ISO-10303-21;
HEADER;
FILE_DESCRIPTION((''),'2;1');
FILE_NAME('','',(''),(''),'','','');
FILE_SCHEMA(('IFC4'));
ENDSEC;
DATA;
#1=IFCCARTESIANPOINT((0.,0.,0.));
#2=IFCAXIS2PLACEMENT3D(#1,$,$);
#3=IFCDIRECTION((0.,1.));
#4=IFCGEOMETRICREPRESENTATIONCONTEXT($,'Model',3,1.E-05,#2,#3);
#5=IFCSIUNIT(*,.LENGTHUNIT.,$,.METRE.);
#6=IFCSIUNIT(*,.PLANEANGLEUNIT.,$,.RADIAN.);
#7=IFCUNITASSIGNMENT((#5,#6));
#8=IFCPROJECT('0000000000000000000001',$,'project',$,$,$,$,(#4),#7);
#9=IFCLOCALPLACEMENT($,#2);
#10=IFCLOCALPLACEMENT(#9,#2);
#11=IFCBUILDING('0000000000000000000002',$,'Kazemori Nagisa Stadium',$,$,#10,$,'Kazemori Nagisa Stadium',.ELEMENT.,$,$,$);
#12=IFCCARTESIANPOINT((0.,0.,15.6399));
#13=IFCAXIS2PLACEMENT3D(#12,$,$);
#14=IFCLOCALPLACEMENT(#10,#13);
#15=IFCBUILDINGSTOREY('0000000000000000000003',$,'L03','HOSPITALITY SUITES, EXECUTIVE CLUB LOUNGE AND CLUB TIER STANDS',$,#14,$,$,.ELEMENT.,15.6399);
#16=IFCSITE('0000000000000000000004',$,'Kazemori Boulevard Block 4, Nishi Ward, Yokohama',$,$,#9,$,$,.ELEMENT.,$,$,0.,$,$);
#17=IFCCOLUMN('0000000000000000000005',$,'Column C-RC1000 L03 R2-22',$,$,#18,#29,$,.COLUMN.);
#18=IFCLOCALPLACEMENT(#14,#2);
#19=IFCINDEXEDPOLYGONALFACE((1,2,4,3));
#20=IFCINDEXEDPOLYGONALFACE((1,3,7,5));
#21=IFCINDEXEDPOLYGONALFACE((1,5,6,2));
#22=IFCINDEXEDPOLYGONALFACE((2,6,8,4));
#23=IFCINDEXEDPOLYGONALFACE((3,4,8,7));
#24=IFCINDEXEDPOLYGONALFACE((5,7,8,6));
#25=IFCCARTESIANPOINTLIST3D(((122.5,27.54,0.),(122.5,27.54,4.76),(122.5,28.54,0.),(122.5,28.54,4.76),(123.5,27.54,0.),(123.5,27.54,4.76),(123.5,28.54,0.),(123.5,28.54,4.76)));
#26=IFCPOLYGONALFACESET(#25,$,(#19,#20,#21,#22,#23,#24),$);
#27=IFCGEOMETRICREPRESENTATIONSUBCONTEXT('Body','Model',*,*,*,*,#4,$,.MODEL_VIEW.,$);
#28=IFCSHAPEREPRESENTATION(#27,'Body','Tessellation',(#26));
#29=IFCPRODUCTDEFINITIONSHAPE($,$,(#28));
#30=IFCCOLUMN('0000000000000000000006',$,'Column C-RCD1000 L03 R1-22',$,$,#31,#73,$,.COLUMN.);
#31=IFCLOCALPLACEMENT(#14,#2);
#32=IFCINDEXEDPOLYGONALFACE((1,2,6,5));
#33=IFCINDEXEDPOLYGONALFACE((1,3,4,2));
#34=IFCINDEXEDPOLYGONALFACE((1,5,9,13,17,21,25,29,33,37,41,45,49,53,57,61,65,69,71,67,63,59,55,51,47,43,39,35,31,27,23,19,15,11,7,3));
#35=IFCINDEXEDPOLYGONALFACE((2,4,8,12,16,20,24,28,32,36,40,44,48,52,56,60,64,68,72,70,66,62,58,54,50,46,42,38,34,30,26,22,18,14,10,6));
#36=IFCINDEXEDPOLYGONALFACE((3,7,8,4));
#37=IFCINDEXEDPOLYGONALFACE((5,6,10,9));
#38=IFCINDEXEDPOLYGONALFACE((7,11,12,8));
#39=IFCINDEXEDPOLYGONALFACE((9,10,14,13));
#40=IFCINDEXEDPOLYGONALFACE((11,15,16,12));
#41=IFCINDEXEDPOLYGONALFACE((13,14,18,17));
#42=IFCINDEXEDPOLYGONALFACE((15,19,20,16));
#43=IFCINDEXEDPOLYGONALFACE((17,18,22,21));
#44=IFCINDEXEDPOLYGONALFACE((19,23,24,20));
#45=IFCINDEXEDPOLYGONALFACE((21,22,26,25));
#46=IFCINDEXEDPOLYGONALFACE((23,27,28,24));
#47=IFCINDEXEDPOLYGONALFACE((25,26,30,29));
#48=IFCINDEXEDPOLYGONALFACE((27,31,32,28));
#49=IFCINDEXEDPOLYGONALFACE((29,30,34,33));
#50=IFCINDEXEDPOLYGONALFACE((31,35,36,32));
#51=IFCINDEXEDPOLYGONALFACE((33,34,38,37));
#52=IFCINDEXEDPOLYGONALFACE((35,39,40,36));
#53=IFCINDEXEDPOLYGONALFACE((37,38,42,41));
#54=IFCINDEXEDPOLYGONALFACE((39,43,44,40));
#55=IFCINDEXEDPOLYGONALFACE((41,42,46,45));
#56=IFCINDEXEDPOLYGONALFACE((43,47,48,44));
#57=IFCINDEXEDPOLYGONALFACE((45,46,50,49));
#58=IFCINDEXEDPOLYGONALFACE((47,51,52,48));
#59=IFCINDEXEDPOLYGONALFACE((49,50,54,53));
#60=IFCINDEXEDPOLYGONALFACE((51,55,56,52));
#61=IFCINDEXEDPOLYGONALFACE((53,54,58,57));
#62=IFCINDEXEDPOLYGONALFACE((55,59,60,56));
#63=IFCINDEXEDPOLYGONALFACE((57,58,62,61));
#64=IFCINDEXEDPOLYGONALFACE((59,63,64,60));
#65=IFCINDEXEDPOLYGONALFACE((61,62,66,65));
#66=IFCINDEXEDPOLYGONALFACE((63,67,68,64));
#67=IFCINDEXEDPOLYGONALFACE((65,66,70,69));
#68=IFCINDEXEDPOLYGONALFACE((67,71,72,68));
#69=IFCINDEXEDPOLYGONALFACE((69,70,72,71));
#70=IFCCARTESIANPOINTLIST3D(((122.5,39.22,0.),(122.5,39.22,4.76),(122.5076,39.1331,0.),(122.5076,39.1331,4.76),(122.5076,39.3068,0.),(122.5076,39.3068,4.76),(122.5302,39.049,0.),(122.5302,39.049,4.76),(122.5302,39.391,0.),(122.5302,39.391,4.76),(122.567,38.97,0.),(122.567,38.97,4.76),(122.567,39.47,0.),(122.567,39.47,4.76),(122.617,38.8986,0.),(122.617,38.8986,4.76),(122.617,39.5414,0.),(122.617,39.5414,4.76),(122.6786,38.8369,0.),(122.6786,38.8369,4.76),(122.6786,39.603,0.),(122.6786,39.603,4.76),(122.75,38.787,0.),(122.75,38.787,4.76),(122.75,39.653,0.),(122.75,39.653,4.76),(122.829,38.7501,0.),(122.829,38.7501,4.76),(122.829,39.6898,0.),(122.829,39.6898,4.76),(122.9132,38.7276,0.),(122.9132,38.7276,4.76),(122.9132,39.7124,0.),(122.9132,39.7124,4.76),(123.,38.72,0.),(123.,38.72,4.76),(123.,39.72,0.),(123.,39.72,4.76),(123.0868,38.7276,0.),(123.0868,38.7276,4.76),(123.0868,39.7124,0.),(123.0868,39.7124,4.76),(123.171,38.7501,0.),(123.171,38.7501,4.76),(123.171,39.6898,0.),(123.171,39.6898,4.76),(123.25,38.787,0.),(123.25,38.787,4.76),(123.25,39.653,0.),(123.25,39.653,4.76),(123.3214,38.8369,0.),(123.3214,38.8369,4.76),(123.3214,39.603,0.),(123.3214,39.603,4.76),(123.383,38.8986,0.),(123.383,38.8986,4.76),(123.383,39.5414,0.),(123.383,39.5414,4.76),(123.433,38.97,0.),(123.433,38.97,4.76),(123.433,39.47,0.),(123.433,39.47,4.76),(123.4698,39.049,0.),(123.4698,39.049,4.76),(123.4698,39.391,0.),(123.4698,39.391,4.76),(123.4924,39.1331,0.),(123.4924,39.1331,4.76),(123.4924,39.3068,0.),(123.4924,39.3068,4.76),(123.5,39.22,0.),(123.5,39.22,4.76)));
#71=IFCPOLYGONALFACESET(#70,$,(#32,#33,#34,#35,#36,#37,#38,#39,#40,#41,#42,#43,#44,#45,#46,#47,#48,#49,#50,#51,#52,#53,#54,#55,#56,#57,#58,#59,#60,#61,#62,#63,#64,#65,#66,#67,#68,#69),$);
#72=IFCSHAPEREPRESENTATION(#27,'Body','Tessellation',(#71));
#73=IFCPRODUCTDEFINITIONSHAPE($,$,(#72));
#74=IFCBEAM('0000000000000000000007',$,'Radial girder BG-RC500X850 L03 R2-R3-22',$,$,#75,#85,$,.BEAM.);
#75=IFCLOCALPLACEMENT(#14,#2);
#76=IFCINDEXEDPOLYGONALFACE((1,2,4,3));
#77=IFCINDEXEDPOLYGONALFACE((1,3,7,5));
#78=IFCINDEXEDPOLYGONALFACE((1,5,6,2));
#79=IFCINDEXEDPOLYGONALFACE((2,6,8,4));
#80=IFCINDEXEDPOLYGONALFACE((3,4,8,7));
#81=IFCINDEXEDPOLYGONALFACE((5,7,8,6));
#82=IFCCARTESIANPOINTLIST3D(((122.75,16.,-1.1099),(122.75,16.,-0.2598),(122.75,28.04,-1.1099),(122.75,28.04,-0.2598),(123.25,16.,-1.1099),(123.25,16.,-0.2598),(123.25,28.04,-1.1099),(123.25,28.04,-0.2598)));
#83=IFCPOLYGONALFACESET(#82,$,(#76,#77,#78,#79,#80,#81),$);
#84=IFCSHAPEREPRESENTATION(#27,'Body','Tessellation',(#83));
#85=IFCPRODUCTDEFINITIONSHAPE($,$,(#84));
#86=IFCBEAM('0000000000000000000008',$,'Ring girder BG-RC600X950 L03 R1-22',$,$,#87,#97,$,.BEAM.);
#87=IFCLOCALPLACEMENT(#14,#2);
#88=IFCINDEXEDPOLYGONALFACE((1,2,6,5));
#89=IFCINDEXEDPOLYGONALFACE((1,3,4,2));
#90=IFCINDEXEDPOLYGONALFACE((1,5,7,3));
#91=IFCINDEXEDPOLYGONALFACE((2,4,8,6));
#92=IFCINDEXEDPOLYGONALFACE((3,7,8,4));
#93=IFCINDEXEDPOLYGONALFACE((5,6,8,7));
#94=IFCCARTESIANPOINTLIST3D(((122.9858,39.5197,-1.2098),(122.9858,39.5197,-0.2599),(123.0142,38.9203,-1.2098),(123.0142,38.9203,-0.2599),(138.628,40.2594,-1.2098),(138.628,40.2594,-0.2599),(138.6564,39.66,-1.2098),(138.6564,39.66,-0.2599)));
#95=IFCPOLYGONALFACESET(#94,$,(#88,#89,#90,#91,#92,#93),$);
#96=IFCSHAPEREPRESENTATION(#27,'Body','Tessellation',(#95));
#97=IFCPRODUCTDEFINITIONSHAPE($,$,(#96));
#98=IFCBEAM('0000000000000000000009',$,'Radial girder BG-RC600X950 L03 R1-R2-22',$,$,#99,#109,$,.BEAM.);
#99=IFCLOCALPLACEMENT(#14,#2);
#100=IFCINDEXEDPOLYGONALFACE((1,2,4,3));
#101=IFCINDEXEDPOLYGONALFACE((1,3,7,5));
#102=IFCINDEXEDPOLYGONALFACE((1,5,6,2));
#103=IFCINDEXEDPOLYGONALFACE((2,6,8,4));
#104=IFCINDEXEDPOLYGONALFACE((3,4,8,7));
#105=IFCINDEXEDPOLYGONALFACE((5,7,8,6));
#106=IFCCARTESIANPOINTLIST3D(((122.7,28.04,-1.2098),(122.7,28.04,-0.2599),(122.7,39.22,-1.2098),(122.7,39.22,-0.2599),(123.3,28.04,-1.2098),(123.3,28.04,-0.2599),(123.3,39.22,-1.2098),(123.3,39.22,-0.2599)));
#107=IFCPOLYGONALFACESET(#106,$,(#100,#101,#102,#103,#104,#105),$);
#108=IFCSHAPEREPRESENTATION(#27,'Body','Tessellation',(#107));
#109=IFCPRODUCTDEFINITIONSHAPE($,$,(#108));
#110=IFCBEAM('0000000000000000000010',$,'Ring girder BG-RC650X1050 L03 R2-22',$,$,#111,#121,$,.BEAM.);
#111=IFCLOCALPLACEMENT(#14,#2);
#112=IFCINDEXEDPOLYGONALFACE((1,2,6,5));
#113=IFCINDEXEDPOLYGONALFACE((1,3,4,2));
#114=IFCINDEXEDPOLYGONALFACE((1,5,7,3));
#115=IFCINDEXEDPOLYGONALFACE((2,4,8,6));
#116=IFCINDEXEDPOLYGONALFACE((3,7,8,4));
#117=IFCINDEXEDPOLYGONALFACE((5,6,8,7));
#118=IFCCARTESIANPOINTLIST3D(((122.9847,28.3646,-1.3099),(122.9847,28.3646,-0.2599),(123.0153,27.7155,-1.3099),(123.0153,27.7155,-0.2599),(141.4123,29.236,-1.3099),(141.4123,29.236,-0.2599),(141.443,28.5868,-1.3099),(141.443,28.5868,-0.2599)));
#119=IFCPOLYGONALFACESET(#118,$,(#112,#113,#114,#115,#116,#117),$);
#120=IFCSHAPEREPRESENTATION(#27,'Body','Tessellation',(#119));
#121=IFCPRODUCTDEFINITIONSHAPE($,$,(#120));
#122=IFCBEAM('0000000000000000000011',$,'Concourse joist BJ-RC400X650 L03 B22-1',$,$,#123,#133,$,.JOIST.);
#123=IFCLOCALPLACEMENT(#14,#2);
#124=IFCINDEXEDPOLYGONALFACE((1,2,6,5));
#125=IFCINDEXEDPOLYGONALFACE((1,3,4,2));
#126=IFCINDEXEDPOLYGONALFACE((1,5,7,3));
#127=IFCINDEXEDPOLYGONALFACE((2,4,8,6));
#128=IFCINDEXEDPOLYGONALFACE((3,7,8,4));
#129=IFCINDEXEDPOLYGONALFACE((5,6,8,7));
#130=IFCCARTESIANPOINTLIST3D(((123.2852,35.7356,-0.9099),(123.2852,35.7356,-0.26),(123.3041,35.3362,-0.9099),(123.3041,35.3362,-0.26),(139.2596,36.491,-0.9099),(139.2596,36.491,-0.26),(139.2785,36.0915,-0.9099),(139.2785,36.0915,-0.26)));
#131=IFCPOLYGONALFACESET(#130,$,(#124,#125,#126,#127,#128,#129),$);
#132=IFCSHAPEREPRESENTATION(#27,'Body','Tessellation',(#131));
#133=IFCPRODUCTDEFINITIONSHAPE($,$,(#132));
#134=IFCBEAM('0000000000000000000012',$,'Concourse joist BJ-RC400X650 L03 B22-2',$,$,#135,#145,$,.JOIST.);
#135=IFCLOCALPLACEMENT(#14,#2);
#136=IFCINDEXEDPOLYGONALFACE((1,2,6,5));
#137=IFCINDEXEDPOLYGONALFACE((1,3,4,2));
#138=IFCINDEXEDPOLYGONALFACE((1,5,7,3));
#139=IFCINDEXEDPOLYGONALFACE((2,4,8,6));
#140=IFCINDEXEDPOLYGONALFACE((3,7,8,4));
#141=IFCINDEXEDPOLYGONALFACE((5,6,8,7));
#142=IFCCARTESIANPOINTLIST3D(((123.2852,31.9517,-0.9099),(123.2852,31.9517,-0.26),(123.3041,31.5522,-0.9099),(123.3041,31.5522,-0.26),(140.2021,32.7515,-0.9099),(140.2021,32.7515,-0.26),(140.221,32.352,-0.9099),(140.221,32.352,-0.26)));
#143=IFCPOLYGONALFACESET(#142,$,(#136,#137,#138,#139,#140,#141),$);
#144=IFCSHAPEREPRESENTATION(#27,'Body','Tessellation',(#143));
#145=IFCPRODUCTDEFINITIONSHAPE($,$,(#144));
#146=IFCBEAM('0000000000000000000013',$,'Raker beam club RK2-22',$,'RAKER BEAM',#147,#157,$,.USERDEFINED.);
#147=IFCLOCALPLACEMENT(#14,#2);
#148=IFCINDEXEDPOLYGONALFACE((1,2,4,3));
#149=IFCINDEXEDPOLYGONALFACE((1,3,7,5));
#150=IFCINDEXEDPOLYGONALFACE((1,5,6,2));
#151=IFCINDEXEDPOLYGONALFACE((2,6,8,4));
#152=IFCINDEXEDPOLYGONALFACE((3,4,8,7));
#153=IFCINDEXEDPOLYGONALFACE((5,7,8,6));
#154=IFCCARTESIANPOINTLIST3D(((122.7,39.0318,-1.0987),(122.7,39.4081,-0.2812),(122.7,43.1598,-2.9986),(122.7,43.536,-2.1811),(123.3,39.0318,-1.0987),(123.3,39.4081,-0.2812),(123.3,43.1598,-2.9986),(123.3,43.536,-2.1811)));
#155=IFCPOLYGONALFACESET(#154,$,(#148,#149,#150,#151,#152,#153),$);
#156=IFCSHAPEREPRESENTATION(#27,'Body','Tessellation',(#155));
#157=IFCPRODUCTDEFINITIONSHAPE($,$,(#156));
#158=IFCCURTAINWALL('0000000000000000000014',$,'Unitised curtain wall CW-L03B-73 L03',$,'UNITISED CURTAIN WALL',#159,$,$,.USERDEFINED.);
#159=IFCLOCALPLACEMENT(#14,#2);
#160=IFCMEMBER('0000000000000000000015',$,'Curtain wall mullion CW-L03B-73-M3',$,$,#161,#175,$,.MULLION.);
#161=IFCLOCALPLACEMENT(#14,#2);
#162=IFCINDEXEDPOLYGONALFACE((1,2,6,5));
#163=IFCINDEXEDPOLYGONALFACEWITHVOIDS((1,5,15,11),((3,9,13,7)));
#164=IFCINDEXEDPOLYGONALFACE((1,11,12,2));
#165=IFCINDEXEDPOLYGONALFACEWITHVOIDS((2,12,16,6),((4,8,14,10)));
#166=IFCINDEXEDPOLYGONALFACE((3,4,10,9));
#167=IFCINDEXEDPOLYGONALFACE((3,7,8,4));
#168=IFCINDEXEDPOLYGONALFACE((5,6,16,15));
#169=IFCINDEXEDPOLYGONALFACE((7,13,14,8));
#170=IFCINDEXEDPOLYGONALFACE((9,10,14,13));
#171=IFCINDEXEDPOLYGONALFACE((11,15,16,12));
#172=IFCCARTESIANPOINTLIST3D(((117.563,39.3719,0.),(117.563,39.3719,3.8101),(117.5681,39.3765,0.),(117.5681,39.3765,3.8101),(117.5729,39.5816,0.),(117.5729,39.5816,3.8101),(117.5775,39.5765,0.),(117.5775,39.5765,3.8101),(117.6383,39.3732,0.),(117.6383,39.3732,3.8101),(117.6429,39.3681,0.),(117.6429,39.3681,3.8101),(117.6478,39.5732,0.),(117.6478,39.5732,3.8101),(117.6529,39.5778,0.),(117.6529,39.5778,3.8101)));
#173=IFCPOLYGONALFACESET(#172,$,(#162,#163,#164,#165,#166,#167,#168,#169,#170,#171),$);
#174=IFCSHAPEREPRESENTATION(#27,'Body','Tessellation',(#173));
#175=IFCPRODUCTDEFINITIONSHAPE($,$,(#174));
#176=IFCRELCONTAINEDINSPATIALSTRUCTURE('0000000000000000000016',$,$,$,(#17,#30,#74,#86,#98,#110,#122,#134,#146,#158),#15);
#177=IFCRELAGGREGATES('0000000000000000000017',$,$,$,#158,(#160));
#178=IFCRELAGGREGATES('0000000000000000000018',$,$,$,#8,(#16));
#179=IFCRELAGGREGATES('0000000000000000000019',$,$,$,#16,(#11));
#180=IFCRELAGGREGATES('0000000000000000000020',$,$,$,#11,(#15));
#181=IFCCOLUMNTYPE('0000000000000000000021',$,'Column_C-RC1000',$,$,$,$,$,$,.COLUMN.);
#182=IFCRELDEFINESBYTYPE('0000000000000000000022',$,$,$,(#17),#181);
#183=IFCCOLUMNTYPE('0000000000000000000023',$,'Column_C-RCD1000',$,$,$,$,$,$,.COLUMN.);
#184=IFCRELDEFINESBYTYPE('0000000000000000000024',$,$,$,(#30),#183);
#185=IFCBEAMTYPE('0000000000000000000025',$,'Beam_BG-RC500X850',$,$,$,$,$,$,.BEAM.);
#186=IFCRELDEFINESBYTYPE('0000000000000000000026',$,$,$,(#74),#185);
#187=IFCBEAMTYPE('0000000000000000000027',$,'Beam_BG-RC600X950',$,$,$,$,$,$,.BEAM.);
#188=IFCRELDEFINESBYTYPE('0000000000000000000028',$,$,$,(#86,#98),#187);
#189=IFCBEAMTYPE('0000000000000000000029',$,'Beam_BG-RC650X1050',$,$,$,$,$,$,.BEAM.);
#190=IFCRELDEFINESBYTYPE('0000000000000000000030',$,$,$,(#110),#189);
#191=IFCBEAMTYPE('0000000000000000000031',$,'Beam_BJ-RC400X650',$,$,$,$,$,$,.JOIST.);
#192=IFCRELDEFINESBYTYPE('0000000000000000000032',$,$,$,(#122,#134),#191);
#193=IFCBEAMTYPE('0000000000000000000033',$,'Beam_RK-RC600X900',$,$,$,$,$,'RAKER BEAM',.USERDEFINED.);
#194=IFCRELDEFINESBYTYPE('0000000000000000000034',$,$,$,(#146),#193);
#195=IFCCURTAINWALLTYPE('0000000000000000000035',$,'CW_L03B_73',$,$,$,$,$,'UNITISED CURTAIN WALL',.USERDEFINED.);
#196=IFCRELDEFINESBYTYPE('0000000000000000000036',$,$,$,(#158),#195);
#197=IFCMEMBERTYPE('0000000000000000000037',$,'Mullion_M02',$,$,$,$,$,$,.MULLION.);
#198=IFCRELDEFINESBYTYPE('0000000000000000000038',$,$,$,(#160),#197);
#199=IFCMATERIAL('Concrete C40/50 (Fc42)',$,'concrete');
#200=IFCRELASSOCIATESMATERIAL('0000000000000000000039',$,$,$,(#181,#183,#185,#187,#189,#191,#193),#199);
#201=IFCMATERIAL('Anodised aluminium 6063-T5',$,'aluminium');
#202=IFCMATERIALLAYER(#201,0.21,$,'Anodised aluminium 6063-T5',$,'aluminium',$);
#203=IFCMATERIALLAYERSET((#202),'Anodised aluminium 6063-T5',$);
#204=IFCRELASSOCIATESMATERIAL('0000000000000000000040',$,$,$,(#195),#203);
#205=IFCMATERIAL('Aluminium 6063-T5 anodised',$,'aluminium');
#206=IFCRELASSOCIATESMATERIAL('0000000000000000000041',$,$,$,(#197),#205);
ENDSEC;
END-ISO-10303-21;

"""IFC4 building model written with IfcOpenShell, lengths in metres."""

from ifc_helpers import new_model, si_unit, direction, frame, origin, origin_2d, place, context, subcontext, project, spatial, rectangle, hollow_rectangle, circle, extrude, material, layer, layer_set, material_profile, profile_set, type_object, element, aggregate, save


model = new_model("IFC4")

# Units and contexts
model_context = context("Model", 3, precision=1e-05, world=origin(), true_north=direction((0.0, 1.0)))
body_context = subcontext(model_context, "Body", "Model", "MODEL_VIEW")
ifc_project = project(units=[si_unit("LENGTHUNIT", "METRE"), si_unit("PLANEANGLEUNIT", "RADIAN")], contexts=[model_context])

# Site, building, storey
site_placement = place(None, origin())
site = spatial("IfcSite", under=ifc_project, at=site_placement, Name="Kazemori Boulevard Block 4, Nishi Ward, Yokohama", CompositionType="ELEMENT", RefElevation=0.0)
building_placement = place(site_placement, origin())
building = spatial("IfcBuilding", under=site, at=building_placement, Name="Kazemori Nagisa Stadium", LongName="Kazemori Nagisa Stadium", CompositionType="ELEMENT")
storey_placement = place(building_placement, frame((0.0, 0.0, 15.6399)))
storey = spatial("IfcBuildingStorey", under=building, at=storey_placement, Name="L03", Description="HOSPITALITY SUITES, EXECUTIVE CLUB LOUNGE AND CLUB TIER STANDS", CompositionType="ELEMENT", Elevation=15.6399)

# Columns
ifc_material_1 = material(Name="Concrete C40/50 (Fc42)", Category="concrete")
ifc_material_profile_1 = material_profile(ifc_material_1, rectangle(XDim=1.0, YDim=1.0, at=origin_2d()), Name="RC-COL-1000x1000")
ifc_profile_set_1 = profile_set([ifc_material_profile_1], Name="Concrete C40/50 (Fc42)")
column_type_1 = type_object("IfcColumnType", Name="Column_C-RC1000", PredefinedType="COLUMN", material=ifc_profile_set_1)
column_1_placement = place(storey_placement, frame((123.0, 28.04, 0.0), z_axis=(0.0, 0.0, 1.0), x_axis=(0.0, -1.0, 0.0)))
element("IfcColumn", 1, at=column_1_placement, inside=storey, type_object=column_type_1, Name="Column C-RC1000 L03 R2-22", PredefinedType="COLUMN", context=body_context, shape_type="SweptSolid", body=[
    extrude(rectangle(XDim=1.0, YDim=1.0, at=origin_2d()), origin(), (0.0, 0.0, 1.0), 4.76),
])
ifc_material_profile_2 = material_profile(ifc_material_1, circle(Radius=0.5, at=origin_2d()), Name="RC-COL-D1000")
ifc_profile_set_2 = profile_set([ifc_material_profile_2], Name="Concrete C40/50 (Fc42)")
column_type_2 = type_object("IfcColumnType", Name="Column_C-RCD1000", PredefinedType="COLUMN", material=ifc_profile_set_2)
column_2_placement = place(storey_placement, frame((123.0, 39.22, 0.0), z_axis=(0.0, 0.0, 1.0), x_axis=(0.0, -1.0, 0.0)))
element("IfcColumn", 2, at=column_2_placement, inside=storey, type_object=column_type_2, Name="Column C-RCD1000 L03 R1-22", PredefinedType="COLUMN", context=body_context, shape_type="SweptSolid", body=[
    extrude(circle(Radius=0.5, at=origin_2d()), origin(), (0.0, 0.0, 1.0), 4.76),
])

# Beams
ifc_material_profile_3 = material_profile(ifc_material_1, rectangle(XDim=0.5, YDim=0.8501, at=origin_2d()), Name="RC-BM-500x850")
ifc_profile_set_3 = profile_set([ifc_material_profile_3], Name="Concrete C40/50 (Fc42)")
beam_type_1 = type_object("IfcBeamType", Name="Beam_BG-RC500X850", PredefinedType="BEAM", material=ifc_profile_set_3)
beam_1_placement = place(storey_placement, frame((123.0, 28.04, -0.6848), z_axis=(0.0, -1.0, 0.0), x_axis=(1.0, 0.0, 0.0)))
element("IfcBeam", 3, at=beam_1_placement, inside=storey, type_object=beam_type_1, Name="Radial girder BG-RC500X850 L03 R2-R3-22", PredefinedType="BEAM", context=body_context, shape_type="SweptSolid", body=[
    extrude(rectangle(XDim=0.5, YDim=0.8501, at=origin_2d()), origin(), (0.0, 0.0, 1.0), 12.04),
])
ifc_material_profile_4 = material_profile(ifc_material_1, rectangle(XDim=0.6001, YDim=0.95, at=origin_2d()), Name="RC-BM-600x950")
ifc_profile_set_4 = profile_set([ifc_material_profile_4], Name="Concrete C40/50 (Fc42)")
beam_type_2 = type_object("IfcBeamType", Name="Beam_BG-RC600X950", PredefinedType="BEAM", material=ifc_profile_set_4)
beam_2_placement = place(storey_placement, frame((123.0, 39.22, -0.7349), z_axis=(0.998884, 0.047239, 0.0), x_axis=(-0.047239, 0.998884, 0.0)))
element("IfcBeam", 4, at=beam_2_placement, inside=storey, type_object=beam_type_2, Name="Ring girder BG-RC600X950 L03 R1-22", PredefinedType="BEAM", context=body_context, shape_type="SweptSolid", body=[
    extrude(rectangle(XDim=0.6001, YDim=0.95, at=origin_2d()), origin(), (0.0, 0.0, 1.0), 15.6597),
])
beam_3_placement = place(storey_placement, frame((123.0, 39.22, -0.7349), z_axis=(0.0, -1.0, 0.0), x_axis=(1.0, 0.0, 0.0)))
element("IfcBeam", 5, at=beam_3_placement, inside=storey, type_object=beam_type_2, Name="Radial girder BG-RC600X950 L03 R1-R2-22", PredefinedType="BEAM", context=body_context, shape_type="SweptSolid", body=[
    extrude(rectangle(XDim=0.6001, YDim=0.95, at=origin_2d()), origin(), (0.0, 0.0, 1.0), 11.1799),
])
ifc_material_profile_5 = material_profile(ifc_material_1, rectangle(XDim=0.6499, YDim=1.05, at=origin_2d()), Name="RC-BM-650x1050")
ifc_profile_set_5 = profile_set([ifc_material_profile_5], Name="Concrete C40/50 (Fc42)")
beam_type_3 = type_object("IfcBeamType", Name="Beam_BG-RC650X1050", PredefinedType="BEAM", material=ifc_profile_set_5)
beam_4_placement = place(storey_placement, frame((123.0, 28.04, -0.7849), z_axis=(0.998884, 0.047231, 0.0), x_axis=(-0.047231, 0.998884, 0.0)))
element("IfcBeam", 6, at=beam_4_placement, inside=storey, type_object=beam_type_3, Name="Ring girder BG-RC650X1050 L03 R2-22", PredefinedType="BEAM", context=body_context, shape_type="SweptSolid", body=[
    extrude(rectangle(XDim=0.6499, YDim=1.05, at=origin_2d()), origin(), (0.0, 0.0, 1.0), 18.4482),
])
ifc_material_profile_6 = material_profile(ifc_material_1, rectangle(XDim=0.3999, YDim=0.6499, at=origin_2d()), Name="RC-BM-400x650")
ifc_profile_set_6 = profile_set([ifc_material_profile_6], Name="Concrete C40/50 (Fc42)")
beam_type_4 = type_object("IfcBeamType", Name="Beam_BJ-RC400X650", PredefinedType="JOIST", material=ifc_profile_set_6)
beam_5_placement = place(storey_placement, frame((123.2947, 35.5359, -0.585), z_axis=(0.998884, 0.047234, 0.0), x_axis=(-0.047234, 0.998884, 0.0)))
element("IfcBeam", 7, at=beam_5_placement, inside=storey, type_object=beam_type_4, Name="Concourse joist BJ-RC400X650 L03 B22-1", PredefinedType="JOIST", context=body_context, shape_type="SweptSolid", body=[
    extrude(rectangle(XDim=0.3999, YDim=0.6499, at=origin_2d()), origin(), (0.0, 0.0, 1.0), 15.9922),
])
beam_6_placement = place(storey_placement, frame((123.2947, 31.752, -0.585), z_axis=(0.998884, 0.047225, 0.0), x_axis=(-0.047225, 0.998884, 0.0)))
element("IfcBeam", 8, at=beam_6_placement, inside=storey, type_object=beam_type_4, Name="Concourse joist BJ-RC400X650 L03 B22-2", PredefinedType="JOIST", context=body_context, shape_type="SweptSolid", body=[
    extrude(rectangle(XDim=0.3999, YDim=0.6499, at=origin_2d()), origin(), (0.0, 0.0, 1.0), 16.9358),
])
ifc_material_profile_7 = material_profile(ifc_material_1, rectangle(XDim=0.6001, YDim=0.8999, at=origin_2d()), Name="RC-RK-600x900")
ifc_profile_set_7 = profile_set([ifc_material_profile_7], Name="Concrete C40/50 (Fc42)")
beam_type_5 = type_object("IfcBeamType", Name="Beam_RK-RC600X900", ElementType="RAKER BEAM", PredefinedType="USERDEFINED", material=ifc_profile_set_7)
beam_7_placement = place(storey_placement, frame((123.0, 43.3479, -2.5898), z_axis=(0.0, -0.908402, 0.418097), x_axis=(1.0, 0.0, 0.0)))
element("IfcBeam", 9, at=beam_7_placement, inside=storey, type_object=beam_type_5, Name="Raker beam club RK2-22", ObjectType="RAKER BEAM", PredefinedType="USERDEFINED", context=body_context, shape_type="SweptSolid", body=[
    extrude(rectangle(XDim=0.6001, YDim=0.8999, at=origin_2d()), origin(), (0.0, 0.0, 1.0), 4.5442),
])

# Curtain wall, member
ifc_material_2 = material(Name="Anodised aluminium 6063-T5", Category="aluminium")
ifc_layer_1 = layer(ifc_material_2, 0.21, Name="Anodised aluminium 6063-T5", Category="aluminium")
ifc_layer_set_1 = layer_set([ifc_layer_1], Name="Anodised aluminium 6063-T5")
curtain_wall_type = type_object("IfcCurtainWallType", Name="CW_L03B_73", ElementType="UNITISED CURTAIN WALL", PredefinedType="USERDEFINED", material=ifc_layer_set_1)
curtain_wall_placement = place(storey_placement, origin())
curtain_wall = element("IfcCurtainWall", 10, at=curtain_wall_placement, inside=storey, type_object=curtain_wall_type, Name="Unitised curtain wall CW-L03B-73 L03", ObjectType="UNITISED CURTAIN WALL", PredefinedType="USERDEFINED")
ifc_material_3 = material(Name="Aluminium 6063-T5 anodised", Category="aluminium")
ifc_material_profile_8 = material_profile(ifc_material_3, hollow_rectangle(XDim=0.0801, YDim=0.21, WallThickness=0.0049, at=origin_2d()), Name="ALU-MULL-80x210x5")
ifc_profile_set_8 = profile_set([ifc_material_profile_8], Name="Aluminium 6063-T5 anodised")
member_type_1 = type_object("IfcMemberType", Name="Mullion_M02", PredefinedType="MULLION", material=ifc_profile_set_8)
member_1_placement = place(storey_placement, frame((117.6079, 39.4749, 0.0), z_axis=(0.0, 0.0, 1.0), x_axis=(0.998884, -0.04723, 0.0)))
member_1 = element("IfcMember", 11, at=member_1_placement, type_object=member_type_1, Name="Curtain wall mullion CW-L03B-73-M3", PredefinedType="MULLION", context=body_context, shape_type="SweptSolid", body=[
    extrude(hollow_rectangle(XDim=0.0801, YDim=0.21, WallThickness=0.0049, at=origin_2d()), origin(), (0.0, 0.0, 1.0), 3.8101),
])
aggregate(curtain_wall, [member_1])

save(model, "model.ifc")
